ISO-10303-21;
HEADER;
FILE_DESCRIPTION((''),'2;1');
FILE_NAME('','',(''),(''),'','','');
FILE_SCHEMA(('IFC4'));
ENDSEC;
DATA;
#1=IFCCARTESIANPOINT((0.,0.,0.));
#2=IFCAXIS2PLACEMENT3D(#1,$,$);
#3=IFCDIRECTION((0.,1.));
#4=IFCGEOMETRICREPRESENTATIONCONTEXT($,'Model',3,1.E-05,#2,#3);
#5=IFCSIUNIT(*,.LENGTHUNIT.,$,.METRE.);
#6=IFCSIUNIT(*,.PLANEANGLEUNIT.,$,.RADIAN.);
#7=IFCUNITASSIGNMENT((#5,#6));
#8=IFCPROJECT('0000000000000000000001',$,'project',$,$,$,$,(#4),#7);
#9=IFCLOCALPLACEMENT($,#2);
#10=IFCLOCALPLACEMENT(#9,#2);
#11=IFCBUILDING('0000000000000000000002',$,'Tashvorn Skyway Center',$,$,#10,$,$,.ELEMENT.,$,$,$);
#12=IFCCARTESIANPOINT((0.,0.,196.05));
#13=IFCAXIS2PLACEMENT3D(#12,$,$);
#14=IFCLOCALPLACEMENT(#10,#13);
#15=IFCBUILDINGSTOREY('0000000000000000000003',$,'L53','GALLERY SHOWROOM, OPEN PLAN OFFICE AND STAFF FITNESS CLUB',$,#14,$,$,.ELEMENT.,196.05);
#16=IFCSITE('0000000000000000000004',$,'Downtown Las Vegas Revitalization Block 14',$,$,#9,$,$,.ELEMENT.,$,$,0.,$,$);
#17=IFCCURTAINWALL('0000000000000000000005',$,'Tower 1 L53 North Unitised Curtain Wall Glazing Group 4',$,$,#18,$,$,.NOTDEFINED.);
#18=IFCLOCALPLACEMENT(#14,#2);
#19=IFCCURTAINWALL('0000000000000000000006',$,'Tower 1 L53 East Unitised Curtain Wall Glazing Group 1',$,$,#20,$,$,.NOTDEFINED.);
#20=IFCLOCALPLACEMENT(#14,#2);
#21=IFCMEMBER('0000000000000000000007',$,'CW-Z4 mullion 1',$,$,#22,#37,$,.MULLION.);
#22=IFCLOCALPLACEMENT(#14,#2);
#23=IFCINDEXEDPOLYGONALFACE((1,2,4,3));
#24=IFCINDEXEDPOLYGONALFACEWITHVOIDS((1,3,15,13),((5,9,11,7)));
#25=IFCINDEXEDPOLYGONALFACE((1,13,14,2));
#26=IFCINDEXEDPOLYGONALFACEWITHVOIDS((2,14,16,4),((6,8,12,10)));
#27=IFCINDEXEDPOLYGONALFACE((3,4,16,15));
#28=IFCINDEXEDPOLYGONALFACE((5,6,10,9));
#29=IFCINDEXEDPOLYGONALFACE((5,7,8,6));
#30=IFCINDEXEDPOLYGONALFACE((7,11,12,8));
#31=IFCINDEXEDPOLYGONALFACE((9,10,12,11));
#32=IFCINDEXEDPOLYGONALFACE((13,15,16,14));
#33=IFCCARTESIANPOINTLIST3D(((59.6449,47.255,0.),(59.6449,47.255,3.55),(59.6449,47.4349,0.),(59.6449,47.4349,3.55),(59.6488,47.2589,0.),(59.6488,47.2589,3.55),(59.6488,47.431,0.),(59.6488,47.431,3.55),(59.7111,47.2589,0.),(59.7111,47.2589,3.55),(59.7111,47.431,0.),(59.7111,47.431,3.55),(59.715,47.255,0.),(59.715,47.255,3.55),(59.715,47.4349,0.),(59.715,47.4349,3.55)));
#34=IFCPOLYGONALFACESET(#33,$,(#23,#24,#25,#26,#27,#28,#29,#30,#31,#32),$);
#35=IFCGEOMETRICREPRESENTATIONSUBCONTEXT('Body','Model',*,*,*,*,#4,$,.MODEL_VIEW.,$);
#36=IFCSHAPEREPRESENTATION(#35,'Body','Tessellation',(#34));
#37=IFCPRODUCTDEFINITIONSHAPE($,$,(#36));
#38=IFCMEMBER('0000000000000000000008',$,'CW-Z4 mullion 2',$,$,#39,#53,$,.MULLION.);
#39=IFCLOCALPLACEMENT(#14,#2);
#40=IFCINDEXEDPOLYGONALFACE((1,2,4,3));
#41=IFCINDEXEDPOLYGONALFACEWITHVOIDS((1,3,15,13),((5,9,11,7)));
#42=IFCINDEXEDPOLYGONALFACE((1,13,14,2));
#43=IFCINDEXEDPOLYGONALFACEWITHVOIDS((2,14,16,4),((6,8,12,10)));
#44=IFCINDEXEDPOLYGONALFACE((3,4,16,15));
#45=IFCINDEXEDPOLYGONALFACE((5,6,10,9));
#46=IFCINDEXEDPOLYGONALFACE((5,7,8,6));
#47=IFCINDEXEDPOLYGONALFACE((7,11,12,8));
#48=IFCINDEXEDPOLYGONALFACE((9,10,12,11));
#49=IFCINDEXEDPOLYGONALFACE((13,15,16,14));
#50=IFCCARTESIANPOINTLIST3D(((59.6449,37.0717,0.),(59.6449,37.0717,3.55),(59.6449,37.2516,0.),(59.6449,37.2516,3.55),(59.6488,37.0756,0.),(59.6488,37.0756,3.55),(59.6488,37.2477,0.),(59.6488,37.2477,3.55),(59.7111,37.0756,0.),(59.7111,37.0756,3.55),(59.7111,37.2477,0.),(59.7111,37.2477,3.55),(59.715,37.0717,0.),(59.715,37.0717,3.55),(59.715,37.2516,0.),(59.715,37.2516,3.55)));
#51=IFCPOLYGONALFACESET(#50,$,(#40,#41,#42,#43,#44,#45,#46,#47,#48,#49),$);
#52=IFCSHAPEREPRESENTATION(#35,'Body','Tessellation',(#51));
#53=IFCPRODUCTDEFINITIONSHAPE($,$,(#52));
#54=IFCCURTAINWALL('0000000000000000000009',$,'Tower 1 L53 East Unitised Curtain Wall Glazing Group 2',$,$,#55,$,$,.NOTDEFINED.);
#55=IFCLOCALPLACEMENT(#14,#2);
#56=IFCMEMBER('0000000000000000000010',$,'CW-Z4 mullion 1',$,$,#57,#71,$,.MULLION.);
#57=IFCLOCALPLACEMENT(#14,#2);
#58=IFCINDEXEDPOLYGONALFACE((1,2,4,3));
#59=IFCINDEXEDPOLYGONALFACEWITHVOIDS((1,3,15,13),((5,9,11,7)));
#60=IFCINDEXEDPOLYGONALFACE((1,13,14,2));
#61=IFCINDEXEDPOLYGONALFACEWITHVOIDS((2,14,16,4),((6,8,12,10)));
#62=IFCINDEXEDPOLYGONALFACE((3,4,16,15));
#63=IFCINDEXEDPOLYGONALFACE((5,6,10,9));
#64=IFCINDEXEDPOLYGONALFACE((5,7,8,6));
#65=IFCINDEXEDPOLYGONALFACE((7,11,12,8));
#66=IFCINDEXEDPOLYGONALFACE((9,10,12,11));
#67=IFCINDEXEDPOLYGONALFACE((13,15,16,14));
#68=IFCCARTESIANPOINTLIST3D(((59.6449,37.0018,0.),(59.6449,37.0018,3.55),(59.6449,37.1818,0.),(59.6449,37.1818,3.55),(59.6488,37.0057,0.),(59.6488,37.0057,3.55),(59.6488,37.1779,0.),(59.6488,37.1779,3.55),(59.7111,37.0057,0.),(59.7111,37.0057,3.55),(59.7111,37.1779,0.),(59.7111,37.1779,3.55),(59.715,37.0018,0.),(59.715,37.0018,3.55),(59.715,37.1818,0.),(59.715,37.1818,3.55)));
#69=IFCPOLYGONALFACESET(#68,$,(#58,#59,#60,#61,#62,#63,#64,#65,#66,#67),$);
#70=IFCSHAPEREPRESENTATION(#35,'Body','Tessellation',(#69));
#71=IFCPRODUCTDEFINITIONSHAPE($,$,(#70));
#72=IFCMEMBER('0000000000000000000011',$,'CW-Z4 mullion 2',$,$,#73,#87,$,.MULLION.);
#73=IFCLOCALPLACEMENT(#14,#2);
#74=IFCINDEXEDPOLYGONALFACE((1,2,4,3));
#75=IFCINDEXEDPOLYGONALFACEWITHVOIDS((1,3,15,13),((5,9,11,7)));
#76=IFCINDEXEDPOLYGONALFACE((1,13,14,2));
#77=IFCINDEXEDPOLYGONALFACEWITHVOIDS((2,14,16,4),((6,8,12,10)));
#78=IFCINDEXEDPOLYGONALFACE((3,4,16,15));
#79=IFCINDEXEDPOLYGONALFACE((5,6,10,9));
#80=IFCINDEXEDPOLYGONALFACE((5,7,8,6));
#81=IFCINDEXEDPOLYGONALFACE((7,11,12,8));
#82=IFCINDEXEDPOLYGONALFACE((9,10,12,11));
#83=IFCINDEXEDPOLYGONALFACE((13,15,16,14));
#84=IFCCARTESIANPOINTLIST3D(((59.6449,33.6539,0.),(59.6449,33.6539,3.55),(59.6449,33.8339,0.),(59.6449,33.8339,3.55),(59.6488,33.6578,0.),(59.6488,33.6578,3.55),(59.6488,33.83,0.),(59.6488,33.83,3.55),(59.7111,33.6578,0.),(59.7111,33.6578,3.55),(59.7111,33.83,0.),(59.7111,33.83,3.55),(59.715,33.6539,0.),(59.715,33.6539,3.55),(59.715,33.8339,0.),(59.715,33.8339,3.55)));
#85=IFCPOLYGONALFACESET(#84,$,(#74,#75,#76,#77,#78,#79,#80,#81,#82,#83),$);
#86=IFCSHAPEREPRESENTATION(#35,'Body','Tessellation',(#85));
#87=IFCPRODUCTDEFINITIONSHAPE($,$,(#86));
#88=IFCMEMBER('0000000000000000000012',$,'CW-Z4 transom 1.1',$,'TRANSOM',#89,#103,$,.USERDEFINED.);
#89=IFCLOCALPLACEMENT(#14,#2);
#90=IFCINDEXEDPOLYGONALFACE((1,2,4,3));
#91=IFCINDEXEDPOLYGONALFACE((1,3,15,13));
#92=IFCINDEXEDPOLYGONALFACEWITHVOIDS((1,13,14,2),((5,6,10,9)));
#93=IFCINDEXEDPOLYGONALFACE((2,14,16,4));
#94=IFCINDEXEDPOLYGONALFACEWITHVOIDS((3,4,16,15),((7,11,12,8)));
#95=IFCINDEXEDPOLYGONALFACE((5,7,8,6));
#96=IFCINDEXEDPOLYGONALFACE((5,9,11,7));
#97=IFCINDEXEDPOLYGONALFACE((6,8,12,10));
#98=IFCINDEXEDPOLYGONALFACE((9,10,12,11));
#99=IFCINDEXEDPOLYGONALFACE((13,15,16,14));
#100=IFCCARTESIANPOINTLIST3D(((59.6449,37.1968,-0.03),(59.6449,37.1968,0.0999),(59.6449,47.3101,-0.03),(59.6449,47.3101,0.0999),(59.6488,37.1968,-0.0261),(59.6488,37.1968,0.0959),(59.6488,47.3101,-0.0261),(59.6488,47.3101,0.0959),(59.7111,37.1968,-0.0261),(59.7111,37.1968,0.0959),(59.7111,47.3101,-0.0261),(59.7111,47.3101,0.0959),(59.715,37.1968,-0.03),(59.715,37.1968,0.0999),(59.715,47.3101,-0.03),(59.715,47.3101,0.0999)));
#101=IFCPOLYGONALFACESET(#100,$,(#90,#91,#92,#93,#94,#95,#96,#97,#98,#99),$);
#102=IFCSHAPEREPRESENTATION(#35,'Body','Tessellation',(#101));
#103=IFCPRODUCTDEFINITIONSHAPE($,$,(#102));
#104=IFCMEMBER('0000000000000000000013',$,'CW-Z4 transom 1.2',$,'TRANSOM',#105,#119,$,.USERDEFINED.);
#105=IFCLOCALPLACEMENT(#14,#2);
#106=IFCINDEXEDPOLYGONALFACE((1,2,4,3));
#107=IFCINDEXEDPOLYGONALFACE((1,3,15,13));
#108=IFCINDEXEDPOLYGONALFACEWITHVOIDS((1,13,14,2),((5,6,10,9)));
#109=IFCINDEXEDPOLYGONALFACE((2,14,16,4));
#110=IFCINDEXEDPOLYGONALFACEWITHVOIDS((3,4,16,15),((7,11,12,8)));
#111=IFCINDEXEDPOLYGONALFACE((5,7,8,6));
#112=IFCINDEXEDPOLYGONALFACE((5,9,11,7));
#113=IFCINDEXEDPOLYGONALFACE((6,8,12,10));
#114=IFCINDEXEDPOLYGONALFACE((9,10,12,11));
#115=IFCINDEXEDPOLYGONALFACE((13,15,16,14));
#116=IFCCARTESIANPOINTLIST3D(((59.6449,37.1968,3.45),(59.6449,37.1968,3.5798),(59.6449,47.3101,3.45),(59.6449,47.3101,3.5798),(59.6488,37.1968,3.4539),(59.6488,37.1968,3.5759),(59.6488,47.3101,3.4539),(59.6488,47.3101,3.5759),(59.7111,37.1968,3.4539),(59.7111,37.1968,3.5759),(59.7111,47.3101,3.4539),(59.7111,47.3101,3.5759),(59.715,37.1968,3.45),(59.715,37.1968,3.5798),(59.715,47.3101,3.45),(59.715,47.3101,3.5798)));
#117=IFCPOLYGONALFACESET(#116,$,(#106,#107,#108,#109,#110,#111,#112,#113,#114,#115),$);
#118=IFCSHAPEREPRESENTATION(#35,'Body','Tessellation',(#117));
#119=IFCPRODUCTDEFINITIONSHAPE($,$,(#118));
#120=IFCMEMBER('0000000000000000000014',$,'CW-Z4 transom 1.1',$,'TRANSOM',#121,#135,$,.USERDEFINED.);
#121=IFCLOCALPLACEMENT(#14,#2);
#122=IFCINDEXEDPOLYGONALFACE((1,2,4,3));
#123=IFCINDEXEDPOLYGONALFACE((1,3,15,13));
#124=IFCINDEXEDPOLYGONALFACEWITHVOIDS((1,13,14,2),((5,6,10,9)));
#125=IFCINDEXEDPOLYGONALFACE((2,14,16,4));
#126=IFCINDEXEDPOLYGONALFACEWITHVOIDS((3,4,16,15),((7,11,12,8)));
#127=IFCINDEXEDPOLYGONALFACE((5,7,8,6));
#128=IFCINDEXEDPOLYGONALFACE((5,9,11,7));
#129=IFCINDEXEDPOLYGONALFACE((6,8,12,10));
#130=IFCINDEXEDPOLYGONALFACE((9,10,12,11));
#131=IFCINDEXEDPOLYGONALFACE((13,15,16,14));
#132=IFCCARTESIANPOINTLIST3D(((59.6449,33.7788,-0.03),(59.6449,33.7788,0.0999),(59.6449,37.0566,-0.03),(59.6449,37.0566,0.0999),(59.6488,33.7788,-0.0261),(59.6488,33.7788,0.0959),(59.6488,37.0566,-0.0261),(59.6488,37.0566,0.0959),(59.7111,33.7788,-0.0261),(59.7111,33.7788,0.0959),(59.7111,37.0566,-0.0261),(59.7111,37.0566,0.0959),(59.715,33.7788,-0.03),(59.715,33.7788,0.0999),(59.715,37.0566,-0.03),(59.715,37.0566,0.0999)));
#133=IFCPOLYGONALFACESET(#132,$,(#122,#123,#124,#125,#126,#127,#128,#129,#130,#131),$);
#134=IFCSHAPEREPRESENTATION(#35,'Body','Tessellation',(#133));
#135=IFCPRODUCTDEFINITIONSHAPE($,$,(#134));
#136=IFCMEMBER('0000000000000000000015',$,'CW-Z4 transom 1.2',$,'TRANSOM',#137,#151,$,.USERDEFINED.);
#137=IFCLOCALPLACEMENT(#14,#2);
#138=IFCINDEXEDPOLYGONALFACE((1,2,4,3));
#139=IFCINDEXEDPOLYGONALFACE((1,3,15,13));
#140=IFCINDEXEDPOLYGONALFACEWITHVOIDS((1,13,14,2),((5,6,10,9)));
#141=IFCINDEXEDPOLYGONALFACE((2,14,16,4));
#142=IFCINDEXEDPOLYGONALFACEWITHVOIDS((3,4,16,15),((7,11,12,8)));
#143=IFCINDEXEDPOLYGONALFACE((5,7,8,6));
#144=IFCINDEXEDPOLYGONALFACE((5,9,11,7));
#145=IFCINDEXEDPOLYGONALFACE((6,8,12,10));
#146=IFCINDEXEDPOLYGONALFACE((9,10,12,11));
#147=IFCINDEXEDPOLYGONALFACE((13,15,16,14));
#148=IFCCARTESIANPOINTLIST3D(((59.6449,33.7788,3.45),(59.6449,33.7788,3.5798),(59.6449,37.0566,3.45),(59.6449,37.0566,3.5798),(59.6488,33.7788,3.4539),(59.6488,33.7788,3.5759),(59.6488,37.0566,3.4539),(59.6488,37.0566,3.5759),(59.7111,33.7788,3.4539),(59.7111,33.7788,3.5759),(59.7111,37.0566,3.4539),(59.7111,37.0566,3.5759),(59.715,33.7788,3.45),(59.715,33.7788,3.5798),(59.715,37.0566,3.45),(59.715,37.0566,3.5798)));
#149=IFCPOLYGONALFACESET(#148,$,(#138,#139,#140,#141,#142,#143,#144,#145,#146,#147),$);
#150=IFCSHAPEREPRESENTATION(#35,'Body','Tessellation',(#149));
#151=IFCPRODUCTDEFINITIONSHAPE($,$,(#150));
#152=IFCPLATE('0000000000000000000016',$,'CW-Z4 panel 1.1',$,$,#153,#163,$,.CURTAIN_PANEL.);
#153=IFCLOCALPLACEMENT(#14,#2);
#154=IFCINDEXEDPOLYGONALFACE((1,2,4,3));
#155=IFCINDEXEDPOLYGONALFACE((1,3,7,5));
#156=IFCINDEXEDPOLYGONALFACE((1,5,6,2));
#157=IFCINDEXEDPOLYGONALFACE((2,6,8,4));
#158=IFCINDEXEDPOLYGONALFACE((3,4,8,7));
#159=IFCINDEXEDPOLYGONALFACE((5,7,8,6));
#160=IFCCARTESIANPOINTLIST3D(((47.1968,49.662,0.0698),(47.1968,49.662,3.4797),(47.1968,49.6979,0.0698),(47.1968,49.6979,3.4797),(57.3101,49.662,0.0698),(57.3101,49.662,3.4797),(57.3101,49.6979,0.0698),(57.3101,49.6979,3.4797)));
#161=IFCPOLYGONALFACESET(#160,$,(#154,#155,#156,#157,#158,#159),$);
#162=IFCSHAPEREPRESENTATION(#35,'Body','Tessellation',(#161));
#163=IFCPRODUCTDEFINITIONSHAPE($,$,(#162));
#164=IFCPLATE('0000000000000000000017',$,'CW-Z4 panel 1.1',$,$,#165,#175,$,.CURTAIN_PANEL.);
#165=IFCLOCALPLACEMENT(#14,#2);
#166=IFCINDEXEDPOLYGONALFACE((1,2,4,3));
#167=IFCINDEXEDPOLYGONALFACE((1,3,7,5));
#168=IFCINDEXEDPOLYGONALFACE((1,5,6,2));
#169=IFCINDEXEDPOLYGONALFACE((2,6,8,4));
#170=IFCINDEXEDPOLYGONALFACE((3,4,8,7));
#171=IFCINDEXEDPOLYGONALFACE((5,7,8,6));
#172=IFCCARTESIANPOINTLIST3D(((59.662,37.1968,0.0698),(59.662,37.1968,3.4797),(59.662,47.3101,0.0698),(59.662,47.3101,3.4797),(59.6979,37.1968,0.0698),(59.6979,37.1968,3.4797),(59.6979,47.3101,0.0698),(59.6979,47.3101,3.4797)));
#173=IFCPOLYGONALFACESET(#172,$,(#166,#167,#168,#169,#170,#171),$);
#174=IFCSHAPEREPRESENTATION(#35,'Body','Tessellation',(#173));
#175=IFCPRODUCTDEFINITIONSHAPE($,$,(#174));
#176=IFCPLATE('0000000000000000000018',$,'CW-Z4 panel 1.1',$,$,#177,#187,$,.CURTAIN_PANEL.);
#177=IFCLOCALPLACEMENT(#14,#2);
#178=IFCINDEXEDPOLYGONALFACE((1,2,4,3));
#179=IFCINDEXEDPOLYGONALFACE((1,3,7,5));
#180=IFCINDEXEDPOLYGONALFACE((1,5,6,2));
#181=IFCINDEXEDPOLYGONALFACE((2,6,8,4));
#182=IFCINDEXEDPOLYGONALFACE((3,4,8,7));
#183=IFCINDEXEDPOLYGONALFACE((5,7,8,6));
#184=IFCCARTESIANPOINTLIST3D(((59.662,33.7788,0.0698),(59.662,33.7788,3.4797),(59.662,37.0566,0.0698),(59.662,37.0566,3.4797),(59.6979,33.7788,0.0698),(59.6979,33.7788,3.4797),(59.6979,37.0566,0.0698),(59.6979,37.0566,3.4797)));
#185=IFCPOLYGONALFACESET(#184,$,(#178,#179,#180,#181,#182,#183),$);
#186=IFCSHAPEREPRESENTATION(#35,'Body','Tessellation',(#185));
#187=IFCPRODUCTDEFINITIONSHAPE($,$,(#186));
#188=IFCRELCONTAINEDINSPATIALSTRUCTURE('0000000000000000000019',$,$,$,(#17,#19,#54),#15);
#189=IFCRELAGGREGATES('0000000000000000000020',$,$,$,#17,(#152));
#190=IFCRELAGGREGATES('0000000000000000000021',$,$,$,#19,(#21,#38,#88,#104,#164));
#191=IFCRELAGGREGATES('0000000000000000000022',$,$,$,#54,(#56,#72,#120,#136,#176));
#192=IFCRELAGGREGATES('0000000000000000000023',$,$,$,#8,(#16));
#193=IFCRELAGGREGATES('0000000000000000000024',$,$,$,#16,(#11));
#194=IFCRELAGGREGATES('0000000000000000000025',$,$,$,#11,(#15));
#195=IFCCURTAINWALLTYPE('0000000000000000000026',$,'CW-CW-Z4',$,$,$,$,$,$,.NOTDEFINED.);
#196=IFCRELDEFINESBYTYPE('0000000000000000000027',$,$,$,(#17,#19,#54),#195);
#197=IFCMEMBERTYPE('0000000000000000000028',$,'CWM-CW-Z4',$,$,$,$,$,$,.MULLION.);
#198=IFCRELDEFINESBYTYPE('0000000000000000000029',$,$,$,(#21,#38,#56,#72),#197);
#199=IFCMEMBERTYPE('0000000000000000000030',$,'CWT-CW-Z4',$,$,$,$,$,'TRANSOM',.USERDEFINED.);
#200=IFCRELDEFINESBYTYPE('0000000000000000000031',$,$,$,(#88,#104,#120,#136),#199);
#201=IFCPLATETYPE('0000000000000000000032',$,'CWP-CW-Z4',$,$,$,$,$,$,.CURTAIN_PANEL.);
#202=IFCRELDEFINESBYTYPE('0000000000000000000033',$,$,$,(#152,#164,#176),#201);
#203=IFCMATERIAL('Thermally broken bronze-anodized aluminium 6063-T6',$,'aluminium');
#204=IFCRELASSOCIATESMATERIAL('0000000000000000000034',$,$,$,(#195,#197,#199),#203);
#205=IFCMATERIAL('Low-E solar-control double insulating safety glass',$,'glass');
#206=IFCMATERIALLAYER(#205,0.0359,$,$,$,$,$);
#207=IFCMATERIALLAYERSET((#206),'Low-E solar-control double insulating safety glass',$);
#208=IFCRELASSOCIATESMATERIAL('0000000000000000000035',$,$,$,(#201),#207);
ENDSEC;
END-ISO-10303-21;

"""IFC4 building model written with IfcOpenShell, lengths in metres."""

from ifc_helpers import new_model, si_unit, direction, frame, origin, origin_2d, place, context, subcontext, project, spatial, rectangle, hollow_rectangle, extrude, material, layer, layer_set, material_profile, profile_set, type_object, element, aggregate, save


model = new_model("IFC4")

# Units and contexts
model_context = context("Model", 3, precision=1e-05, world=origin(), true_north=direction((0.0, 1.0)))
body_context = subcontext(model_context, "Body", "Model", "MODEL_VIEW")
ifc_project = project(units=[si_unit("LENGTHUNIT", "METRE"), si_unit("PLANEANGLEUNIT", "RADIAN")], contexts=[model_context])

# Site, building, storey
site_placement = place(None, origin())
site = spatial("IfcSite", under=ifc_project, at=site_placement, Name="Downtown Las Vegas Revitalization Block 14", CompositionType="ELEMENT", RefElevation=0.0)
building_placement = place(site_placement, origin())
building = spatial("IfcBuilding", under=site, at=building_placement, Name="Tashvorn Skyway Center", CompositionType="ELEMENT")
storey_placement = place(building_placement, frame((0.0, 0.0, 196.05)))
storey = spatial("IfcBuildingStorey", under=building, at=storey_placement, Name="L53", Description="GALLERY SHOWROOM, OPEN PLAN OFFICE AND STAFF FITNESS CLUB", CompositionType="ELEMENT", Elevation=196.05)

# Curtain wall
ifc_material_1 = material(Name="Thermally broken bronze-anodized aluminium 6063-T6", Category="aluminium")
curtain_wall_type = type_object("IfcCurtainWallType", Name="CW-CW-Z4", PredefinedType="NOTDEFINED", material=ifc_material_1)
curtain_wall_1_placement = place(storey_placement, origin())
curtain_wall_1 = element("IfcCurtainWall", 1, at=curtain_wall_1_placement, inside=storey, type_object=curtain_wall_type, Name="Tower 1 L53 North Unitised Curtain Wall Glazing Group 4", PredefinedType="NOTDEFINED")
ifc_material_profile_1 = material_profile(ifc_material_1, hollow_rectangle(XDim=0.0701, YDim=0.1799, WallThickness=0.0039, at=origin_2d()), Name="ALU-MULL-70x180")
ifc_profile_set_1 = profile_set([ifc_material_profile_1], Name="Thermally broken bronze-anodized aluminium 6063-T6")
member_type_1 = type_object("IfcMemberType", Name="CWM-CW-Z4", PredefinedType="MULLION", material=ifc_profile_set_1)

# Curtain walls, members
curtain_wall_2_placement = place(storey_placement, origin())
curtain_wall_2 = element("IfcCurtainWall", 2, at=curtain_wall_2_placement, inside=storey, type_object=curtain_wall_type, Name="Tower 1 L53 East Unitised Curtain Wall Glazing Group 1", PredefinedType="NOTDEFINED")
member_1_placement = place(storey_placement, frame((59.6799, 47.345, 0.0), z_axis=(0.0, 0.0, 1.0), x_axis=(1.0, 0.0, 0.0)))
member_1 = element("IfcMember", 3, at=member_1_placement, type_object=member_type_1, Name="CW-Z4 mullion 1", PredefinedType="MULLION", context=body_context, shape_type="SweptSolid", body=[
    extrude(hollow_rectangle(XDim=0.0701, YDim=0.1799, WallThickness=0.0039, at=origin_2d()), origin(), (0.0, 0.0, 1.0), 3.55),
])
member_2_placement = place(storey_placement, frame((59.6799, 37.1616, 0.0), z_axis=(0.0, 0.0, 1.0), x_axis=(1.0, 0.0, 0.0)))
member_2 = element("IfcMember", 4, at=member_2_placement, type_object=member_type_1, Name="CW-Z4 mullion 2", PredefinedType="MULLION", context=body_context, shape_type="SweptSolid", body=[
    extrude(hollow_rectangle(XDim=0.0701, YDim=0.1799, WallThickness=0.0039, at=origin_2d()), origin(), (0.0, 0.0, 1.0), 3.55),
])
curtain_wall_3_placement = place(storey_placement, origin())
curtain_wall_3 = element("IfcCurtainWall", 5, at=curtain_wall_3_placement, inside=storey, type_object=curtain_wall_type, Name="Tower 1 L53 East Unitised Curtain Wall Glazing Group 2", PredefinedType="NOTDEFINED")
member_3_placement = place(storey_placement, frame((59.6799, 37.0918, 0.0), z_axis=(0.0, 0.0, 1.0), x_axis=(1.0, 0.0, 0.0)))
member_3 = element("IfcMember", 6, at=member_3_placement, type_object=member_type_1, Name="CW-Z4 mullion 1", PredefinedType="MULLION", context=body_context, shape_type="SweptSolid", body=[
    extrude(hollow_rectangle(XDim=0.0701, YDim=0.1799, WallThickness=0.0039, at=origin_2d()), origin(), (0.0, 0.0, 1.0), 3.55),
])
member_4_placement = place(storey_placement, frame((59.6799, 33.7439, 0.0), z_axis=(0.0, 0.0, 1.0), x_axis=(1.0, 0.0, 0.0)))
member_4 = element("IfcMember", 7, at=member_4_placement, type_object=member_type_1, Name="CW-Z4 mullion 2", PredefinedType="MULLION", context=body_context, shape_type="SweptSolid", body=[
    extrude(hollow_rectangle(XDim=0.0701, YDim=0.1799, WallThickness=0.0039, at=origin_2d()), origin(), (0.0, 0.0, 1.0), 3.55),
])

# Members
ifc_material_profile_2 = material_profile(ifc_material_1, hollow_rectangle(XDim=0.0701, YDim=0.1299, WallThickness=0.0039, at=origin_2d()), Name="ALU-TRAN-70x130")
ifc_profile_set_2 = profile_set([ifc_material_profile_2], Name="Thermally broken bronze-anodized aluminium 6063-T6")
member_type_2 = type_object("IfcMemberType", Name="CWT-CW-Z4", ElementType="TRANSOM", PredefinedType="USERDEFINED", material=ifc_profile_set_2)
member_5_placement = place(storey_placement, frame((59.6799, 47.3101, 0.0349), z_axis=(0.0, -1.0, 0.0), x_axis=(1.0, 0.0, 0.0)))
member_5 = element("IfcMember", 8, at=member_5_placement, type_object=member_type_2, Name="CW-Z4 transom 1.1", ObjectType="TRANSOM", PredefinedType="USERDEFINED", context=body_context, shape_type="SweptSolid", body=[
    extrude(hollow_rectangle(XDim=0.0701, YDim=0.1299, WallThickness=0.0039, at=origin_2d()), origin(), (0.0, 0.0, 1.0), 10.1133),
])
member_6_placement = place(storey_placement, frame((59.6799, 47.3101, 3.5149), z_axis=(0.0, -1.0, 0.0), x_axis=(1.0, 0.0, 0.0)))
member_6 = element("IfcMember", 9, at=member_6_placement, type_object=member_type_2, Name="CW-Z4 transom 1.2", ObjectType="TRANSOM", PredefinedType="USERDEFINED", context=body_context, shape_type="SweptSolid", body=[
    extrude(hollow_rectangle(XDim=0.0701, YDim=0.1299, WallThickness=0.0039, at=origin_2d()), origin(), (0.0, 0.0, 1.0), 10.1133),
])
member_7_placement = place(storey_placement, frame((59.6799, 37.0566, 0.0349), z_axis=(0.0, -1.0, 0.0), x_axis=(1.0, 0.0, 0.0)))
member_7 = element("IfcMember", 10, at=member_7_placement, type_object=member_type_2, Name="CW-Z4 transom 1.1", ObjectType="TRANSOM", PredefinedType="USERDEFINED", context=body_context, shape_type="SweptSolid", body=[
    extrude(hollow_rectangle(XDim=0.0701, YDim=0.1299, WallThickness=0.0039, at=origin_2d()), origin(), (0.0, 0.0, 1.0), 3.2778),
])
member_8_placement = place(storey_placement, frame((59.6799, 37.0566, 3.5149), z_axis=(0.0, -1.0, 0.0), x_axis=(1.0, 0.0, 0.0)))
member_8 = element("IfcMember", 11, at=member_8_placement, type_object=member_type_2, Name="CW-Z4 transom 1.2", ObjectType="TRANSOM", PredefinedType="USERDEFINED", context=body_context, shape_type="SweptSolid", body=[
    extrude(hollow_rectangle(XDim=0.0701, YDim=0.1299, WallThickness=0.0039, at=origin_2d()), origin(), (0.0, 0.0, 1.0), 3.2778),
])

# Plates
ifc_material_2 = material(Name="Low-E solar-control double insulating safety glass", Category="glass")
ifc_layer_1 = layer(ifc_material_2, 0.0359)
ifc_layer_set_1 = layer_set([ifc_layer_1], Name="Low-E solar-control double insulating safety glass")
plate_type_1 = type_object("IfcPlateType", Name="CWP-CW-Z4", PredefinedType="CURTAIN_PANEL", material=ifc_layer_set_1)
plate_1_placement = place(storey_placement, frame((52.2534, 49.6799, 0.0698), z_axis=(0.0, 0.0, 1.0), x_axis=(1.0, 0.0, 0.0)))
plate_1 = element("IfcPlate", 12, at=plate_1_placement, type_object=plate_type_1, Name="CW-Z4 panel 1.1", PredefinedType="CURTAIN_PANEL", context=body_context, shape_type="SweptSolid", body=[
    extrude(rectangle(XDim=10.1133, YDim=0.0359, at=origin_2d()), origin(), (0.0, 0.0, 1.0), 3.4099),
])
aggregate(curtain_wall_1, [plate_1])
plate_2_placement = place(storey_placement, frame((59.6799, 42.2534, 0.0698), z_axis=(0.0, 0.0, 1.0), x_axis=(0.0, -1.0, 0.0)))
plate_2 = element("IfcPlate", 13, at=plate_2_placement, type_object=plate_type_1, Name="CW-Z4 panel 1.1", PredefinedType="CURTAIN_PANEL", context=body_context, shape_type="SweptSolid", body=[
    extrude(rectangle(XDim=10.1133, YDim=0.0359, at=origin_2d()), origin(), (0.0, 0.0, 1.0), 3.4099),
])
aggregate(curtain_wall_2, [member_1, member_2, member_5, member_6, plate_2])
plate_3_placement = place(storey_placement, frame((59.6799, 35.4177, 0.0698), z_axis=(0.0, 0.0, 1.0), x_axis=(0.0, -1.0, 0.0)))
plate_3 = element("IfcPlate", 14, at=plate_3_placement, type_object=plate_type_1, Name="CW-Z4 panel 1.1", PredefinedType="CURTAIN_PANEL", context=body_context, shape_type="SweptSolid", body=[
    extrude(rectangle(XDim=3.2778, YDim=0.0359, at=origin_2d()), origin(), (0.0, 0.0, 1.0), 3.4099),
])
aggregate(curtain_wall_3, [member_3, member_4, member_7, member_8, plate_3])

save(model, "model.ifc")
